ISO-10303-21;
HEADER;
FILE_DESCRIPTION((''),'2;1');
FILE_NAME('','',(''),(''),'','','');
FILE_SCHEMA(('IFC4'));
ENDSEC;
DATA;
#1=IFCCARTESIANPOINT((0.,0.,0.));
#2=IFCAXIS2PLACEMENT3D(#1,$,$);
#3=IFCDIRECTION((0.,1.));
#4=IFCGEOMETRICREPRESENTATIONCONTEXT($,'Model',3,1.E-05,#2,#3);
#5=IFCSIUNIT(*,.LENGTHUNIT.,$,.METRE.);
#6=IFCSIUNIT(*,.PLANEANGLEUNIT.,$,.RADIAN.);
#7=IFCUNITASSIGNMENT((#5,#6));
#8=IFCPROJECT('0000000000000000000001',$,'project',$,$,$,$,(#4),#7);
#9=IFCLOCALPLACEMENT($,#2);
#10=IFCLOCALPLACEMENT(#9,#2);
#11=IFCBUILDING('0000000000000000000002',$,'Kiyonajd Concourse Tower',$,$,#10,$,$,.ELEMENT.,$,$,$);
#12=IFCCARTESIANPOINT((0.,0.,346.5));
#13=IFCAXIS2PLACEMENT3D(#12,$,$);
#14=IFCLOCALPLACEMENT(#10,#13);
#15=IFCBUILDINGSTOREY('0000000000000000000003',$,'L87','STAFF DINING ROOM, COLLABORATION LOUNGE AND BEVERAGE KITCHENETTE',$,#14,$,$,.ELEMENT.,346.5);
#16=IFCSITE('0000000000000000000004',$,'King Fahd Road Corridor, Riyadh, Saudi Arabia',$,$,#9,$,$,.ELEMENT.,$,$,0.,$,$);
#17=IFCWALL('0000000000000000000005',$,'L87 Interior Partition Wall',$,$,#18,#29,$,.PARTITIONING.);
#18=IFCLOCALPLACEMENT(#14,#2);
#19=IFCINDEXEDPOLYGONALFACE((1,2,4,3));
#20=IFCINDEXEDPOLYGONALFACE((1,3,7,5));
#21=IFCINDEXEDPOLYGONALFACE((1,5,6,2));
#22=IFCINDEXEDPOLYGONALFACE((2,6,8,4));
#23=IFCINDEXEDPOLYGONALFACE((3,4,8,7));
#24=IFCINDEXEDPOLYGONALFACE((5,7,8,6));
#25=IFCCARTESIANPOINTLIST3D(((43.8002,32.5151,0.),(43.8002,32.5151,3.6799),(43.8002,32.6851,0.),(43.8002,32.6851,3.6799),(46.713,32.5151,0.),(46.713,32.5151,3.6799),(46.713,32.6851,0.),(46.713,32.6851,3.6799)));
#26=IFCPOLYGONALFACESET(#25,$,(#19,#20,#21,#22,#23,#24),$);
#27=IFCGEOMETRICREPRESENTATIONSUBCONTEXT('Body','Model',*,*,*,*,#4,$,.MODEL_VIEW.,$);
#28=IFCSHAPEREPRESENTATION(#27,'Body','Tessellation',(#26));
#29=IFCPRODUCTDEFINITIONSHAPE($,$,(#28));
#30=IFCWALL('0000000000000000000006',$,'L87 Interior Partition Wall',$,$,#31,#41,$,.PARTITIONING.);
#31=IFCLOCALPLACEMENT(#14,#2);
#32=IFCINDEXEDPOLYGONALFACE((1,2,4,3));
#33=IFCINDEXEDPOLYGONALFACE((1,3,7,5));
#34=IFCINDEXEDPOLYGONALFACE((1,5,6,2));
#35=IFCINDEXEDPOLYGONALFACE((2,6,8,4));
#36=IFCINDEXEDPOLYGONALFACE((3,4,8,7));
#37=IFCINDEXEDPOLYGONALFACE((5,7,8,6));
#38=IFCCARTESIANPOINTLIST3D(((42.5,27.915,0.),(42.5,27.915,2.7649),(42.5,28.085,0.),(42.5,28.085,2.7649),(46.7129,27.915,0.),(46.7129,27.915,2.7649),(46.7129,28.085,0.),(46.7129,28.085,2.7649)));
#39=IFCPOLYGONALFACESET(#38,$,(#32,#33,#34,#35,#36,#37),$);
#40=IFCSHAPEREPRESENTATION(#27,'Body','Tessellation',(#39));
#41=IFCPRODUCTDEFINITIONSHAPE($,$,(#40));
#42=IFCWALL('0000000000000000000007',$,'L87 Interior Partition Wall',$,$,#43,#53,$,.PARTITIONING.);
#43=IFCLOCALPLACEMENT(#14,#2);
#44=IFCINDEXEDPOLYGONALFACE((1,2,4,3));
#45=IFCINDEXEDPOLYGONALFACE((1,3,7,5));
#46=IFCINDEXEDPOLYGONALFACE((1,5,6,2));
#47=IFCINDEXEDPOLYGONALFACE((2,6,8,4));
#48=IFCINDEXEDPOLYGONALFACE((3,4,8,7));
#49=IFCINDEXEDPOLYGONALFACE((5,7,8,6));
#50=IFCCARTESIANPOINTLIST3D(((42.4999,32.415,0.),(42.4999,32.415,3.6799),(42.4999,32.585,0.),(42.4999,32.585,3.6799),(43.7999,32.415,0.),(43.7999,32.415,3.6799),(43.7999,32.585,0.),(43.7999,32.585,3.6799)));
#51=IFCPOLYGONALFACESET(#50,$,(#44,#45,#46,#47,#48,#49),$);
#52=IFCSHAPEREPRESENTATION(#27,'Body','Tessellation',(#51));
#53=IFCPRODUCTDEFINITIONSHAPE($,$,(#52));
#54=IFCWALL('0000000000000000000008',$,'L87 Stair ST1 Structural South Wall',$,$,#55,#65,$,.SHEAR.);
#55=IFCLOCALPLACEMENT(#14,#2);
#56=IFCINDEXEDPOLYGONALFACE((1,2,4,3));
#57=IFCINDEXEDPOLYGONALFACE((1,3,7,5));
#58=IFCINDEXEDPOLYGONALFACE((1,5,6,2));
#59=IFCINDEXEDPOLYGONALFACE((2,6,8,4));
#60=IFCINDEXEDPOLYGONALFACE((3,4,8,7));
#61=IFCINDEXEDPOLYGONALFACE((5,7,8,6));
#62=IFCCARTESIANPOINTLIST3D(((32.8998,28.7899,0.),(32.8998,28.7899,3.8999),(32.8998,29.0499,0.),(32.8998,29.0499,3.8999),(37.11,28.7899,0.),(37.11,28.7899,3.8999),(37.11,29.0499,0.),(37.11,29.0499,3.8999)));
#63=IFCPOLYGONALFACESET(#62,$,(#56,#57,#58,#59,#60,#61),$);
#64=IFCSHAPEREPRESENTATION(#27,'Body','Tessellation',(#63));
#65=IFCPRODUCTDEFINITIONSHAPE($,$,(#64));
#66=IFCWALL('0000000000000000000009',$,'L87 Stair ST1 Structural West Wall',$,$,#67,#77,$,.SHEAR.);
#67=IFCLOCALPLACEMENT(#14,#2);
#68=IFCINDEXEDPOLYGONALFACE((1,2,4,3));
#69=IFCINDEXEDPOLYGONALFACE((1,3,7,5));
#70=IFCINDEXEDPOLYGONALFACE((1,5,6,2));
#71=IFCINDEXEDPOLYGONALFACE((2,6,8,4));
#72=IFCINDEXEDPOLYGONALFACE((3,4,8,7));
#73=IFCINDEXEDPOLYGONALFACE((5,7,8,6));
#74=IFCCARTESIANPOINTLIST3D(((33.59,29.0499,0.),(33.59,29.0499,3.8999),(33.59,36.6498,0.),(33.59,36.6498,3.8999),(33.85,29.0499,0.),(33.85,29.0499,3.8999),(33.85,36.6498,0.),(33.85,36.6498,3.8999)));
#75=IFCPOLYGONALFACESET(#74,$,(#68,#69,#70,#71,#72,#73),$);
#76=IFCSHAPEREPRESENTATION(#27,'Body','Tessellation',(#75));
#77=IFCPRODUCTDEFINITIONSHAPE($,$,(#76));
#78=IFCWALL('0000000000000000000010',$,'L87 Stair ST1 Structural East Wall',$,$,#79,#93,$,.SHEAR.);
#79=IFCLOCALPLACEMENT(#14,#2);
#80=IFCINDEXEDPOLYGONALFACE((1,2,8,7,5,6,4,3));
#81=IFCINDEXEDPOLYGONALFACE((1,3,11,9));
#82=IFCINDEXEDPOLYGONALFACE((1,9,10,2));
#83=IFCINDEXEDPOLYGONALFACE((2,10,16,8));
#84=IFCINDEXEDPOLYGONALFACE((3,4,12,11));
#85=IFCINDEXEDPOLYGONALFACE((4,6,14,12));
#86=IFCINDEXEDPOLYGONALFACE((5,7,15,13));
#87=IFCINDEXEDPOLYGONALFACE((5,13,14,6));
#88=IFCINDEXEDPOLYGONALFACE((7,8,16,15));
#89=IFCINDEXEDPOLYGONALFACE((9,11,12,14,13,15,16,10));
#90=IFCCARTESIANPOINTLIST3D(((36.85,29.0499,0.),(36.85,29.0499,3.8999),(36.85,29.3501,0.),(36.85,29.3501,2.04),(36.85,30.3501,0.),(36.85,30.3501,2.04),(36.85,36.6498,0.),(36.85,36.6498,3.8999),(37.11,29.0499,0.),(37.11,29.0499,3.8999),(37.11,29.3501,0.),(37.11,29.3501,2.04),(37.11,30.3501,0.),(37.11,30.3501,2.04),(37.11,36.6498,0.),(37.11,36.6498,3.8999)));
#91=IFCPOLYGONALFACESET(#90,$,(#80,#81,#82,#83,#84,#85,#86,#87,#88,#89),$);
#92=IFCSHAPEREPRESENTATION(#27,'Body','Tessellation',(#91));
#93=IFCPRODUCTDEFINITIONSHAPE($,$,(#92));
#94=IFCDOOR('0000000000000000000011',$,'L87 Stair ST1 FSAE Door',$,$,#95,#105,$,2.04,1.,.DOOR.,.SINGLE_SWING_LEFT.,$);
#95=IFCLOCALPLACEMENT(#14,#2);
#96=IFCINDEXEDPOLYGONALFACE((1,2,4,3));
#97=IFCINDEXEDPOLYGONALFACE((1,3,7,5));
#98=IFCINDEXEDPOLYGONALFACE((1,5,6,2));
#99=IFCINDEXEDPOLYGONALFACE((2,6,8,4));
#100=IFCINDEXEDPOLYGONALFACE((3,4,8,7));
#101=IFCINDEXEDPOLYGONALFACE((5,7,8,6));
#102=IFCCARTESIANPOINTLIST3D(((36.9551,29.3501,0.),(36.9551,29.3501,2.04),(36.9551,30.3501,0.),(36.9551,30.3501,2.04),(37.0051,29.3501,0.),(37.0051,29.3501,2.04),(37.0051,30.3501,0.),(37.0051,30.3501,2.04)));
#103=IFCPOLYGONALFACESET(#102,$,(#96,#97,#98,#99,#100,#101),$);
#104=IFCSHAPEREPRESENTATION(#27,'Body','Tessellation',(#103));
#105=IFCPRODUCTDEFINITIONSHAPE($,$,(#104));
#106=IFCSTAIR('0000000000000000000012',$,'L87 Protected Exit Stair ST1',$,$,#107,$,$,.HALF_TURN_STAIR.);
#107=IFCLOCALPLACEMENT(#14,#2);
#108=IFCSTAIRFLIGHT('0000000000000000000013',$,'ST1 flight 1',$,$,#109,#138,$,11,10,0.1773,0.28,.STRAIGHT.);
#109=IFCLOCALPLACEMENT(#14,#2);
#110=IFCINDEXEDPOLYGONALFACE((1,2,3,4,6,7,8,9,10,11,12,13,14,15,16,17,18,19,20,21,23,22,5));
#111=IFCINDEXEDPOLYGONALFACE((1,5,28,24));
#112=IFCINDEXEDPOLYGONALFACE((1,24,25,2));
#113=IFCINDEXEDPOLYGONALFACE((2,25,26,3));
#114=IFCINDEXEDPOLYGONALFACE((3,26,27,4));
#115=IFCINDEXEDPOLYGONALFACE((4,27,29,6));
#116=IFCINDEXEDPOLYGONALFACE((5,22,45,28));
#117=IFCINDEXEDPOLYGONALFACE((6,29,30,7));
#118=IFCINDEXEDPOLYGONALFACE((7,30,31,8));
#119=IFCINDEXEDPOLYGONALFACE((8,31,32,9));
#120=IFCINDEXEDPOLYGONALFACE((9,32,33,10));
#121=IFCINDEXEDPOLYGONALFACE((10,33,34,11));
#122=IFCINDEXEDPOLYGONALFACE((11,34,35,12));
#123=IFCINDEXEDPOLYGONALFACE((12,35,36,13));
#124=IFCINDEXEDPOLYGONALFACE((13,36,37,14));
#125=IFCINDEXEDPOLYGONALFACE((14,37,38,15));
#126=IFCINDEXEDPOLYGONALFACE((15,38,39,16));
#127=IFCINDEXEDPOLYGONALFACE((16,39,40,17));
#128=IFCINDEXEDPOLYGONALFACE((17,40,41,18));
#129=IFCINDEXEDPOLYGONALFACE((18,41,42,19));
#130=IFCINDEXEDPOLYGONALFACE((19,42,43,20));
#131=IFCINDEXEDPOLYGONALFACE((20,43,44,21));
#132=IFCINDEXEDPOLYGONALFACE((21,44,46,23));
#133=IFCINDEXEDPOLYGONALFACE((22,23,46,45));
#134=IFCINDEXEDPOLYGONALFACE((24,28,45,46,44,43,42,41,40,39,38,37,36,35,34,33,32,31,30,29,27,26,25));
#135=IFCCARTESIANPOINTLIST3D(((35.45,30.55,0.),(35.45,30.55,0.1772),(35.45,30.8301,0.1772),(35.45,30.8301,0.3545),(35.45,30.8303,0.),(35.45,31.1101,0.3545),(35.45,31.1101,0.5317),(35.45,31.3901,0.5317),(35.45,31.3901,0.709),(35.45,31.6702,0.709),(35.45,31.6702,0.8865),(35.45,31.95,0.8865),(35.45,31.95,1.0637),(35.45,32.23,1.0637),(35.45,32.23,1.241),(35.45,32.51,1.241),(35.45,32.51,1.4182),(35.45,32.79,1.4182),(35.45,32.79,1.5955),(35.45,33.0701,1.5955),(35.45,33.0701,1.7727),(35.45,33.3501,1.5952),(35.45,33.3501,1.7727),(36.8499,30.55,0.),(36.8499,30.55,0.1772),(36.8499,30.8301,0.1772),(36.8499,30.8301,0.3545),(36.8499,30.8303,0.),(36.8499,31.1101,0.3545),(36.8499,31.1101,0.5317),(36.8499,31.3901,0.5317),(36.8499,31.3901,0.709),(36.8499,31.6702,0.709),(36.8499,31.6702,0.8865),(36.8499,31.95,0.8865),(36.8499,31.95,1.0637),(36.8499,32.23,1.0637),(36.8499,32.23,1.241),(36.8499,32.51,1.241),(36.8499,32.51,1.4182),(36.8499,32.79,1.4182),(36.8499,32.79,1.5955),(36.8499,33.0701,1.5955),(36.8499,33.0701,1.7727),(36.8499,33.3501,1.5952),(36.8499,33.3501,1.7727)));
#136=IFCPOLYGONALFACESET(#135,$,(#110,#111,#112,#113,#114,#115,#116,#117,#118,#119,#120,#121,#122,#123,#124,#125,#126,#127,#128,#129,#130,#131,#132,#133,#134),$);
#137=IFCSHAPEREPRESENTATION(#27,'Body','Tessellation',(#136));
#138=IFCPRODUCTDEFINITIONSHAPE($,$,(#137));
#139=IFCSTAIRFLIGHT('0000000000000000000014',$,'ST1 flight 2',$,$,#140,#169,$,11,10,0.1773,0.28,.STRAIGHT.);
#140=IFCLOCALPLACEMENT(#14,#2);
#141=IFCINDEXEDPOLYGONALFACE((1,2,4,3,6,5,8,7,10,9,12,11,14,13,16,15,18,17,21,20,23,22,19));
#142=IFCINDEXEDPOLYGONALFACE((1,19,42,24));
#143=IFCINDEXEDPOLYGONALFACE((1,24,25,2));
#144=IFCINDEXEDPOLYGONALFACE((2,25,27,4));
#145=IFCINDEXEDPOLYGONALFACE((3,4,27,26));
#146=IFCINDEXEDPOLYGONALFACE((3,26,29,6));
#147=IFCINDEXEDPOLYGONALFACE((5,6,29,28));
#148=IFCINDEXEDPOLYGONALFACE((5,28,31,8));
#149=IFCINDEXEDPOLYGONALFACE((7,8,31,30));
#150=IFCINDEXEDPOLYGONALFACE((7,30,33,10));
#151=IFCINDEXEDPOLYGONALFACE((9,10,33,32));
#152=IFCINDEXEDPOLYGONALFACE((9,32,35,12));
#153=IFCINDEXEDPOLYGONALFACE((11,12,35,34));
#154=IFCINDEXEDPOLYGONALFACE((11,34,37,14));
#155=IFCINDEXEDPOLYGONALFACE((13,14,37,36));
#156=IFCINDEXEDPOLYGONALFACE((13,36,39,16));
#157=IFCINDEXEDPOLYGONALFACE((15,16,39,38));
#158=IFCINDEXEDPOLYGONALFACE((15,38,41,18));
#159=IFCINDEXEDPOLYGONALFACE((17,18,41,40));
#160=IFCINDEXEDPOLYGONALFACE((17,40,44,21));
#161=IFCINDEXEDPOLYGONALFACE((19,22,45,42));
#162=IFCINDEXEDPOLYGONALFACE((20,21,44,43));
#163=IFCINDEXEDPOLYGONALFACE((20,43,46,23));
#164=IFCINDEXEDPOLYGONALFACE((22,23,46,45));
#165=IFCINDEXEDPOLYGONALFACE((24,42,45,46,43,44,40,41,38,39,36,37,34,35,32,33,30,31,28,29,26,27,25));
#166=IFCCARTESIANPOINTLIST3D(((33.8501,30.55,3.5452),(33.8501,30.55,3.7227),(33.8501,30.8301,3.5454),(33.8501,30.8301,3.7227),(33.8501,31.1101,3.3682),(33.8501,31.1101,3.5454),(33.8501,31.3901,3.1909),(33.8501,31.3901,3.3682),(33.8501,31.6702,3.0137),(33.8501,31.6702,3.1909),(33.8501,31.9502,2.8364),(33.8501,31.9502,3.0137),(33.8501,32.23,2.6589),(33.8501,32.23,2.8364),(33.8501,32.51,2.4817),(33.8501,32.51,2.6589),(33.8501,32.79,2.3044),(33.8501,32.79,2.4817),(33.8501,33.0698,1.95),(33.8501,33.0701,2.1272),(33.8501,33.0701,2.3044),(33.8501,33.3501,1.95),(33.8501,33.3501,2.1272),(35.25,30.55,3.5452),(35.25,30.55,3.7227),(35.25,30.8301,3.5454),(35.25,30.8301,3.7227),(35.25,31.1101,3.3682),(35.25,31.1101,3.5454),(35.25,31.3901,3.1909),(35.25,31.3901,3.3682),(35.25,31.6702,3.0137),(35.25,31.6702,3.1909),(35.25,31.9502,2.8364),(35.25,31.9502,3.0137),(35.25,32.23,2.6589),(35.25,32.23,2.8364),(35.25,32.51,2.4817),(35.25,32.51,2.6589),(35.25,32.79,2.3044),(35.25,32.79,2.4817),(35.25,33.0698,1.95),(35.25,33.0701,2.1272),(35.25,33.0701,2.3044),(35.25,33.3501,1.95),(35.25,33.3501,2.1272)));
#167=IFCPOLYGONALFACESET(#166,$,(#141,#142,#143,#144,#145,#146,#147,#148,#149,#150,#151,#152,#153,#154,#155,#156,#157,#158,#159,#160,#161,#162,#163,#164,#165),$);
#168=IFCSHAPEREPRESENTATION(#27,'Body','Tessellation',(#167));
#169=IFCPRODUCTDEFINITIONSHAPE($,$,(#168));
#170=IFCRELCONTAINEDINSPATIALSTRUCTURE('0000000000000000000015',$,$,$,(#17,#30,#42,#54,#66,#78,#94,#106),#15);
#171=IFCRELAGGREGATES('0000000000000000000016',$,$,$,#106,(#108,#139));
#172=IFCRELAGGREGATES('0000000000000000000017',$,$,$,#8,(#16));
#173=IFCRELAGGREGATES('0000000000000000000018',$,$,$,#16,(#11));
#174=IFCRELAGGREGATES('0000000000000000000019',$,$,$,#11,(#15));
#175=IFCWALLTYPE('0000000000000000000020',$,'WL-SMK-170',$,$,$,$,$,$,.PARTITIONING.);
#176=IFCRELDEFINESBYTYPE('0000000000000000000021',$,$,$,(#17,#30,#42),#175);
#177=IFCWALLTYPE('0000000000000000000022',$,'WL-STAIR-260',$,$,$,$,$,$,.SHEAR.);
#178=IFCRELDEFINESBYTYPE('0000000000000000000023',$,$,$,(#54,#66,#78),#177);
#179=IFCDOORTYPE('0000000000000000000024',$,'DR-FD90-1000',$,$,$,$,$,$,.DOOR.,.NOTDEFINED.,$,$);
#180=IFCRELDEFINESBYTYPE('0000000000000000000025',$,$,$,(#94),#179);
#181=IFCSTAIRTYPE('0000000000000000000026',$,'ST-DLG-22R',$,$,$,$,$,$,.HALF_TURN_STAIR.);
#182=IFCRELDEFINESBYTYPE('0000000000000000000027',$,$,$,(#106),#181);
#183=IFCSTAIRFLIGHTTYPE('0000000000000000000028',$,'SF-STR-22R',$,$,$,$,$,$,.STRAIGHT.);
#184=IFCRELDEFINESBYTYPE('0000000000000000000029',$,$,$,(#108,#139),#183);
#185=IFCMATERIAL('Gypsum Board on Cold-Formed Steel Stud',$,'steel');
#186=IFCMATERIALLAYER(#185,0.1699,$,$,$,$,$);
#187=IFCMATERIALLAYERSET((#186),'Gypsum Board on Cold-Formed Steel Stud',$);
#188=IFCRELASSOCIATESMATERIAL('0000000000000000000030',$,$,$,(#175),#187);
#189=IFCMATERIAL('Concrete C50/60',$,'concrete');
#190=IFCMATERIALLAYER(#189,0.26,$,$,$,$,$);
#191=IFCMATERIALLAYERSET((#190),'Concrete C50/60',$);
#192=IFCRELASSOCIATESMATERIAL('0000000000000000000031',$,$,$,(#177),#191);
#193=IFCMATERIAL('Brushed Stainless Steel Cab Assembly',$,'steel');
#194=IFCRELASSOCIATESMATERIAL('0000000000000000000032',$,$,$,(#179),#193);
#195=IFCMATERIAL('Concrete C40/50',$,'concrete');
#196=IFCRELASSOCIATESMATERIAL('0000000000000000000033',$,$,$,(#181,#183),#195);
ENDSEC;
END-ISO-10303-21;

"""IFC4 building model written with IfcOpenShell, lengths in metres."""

from ifc_helpers import new_model, si_unit, direction, frame, frame_2d, origin, place, context, subcontext, project, spatial, polyline, rectangle, outline, extrude, material, layer, layer_set, type_object, element, fill, aggregate, save


model = new_model("IFC4")

# Units and contexts
model_context = context("Model", 3, precision=1e-05, world=origin(), true_north=direction((0.0, 1.0)))
body_context = subcontext(model_context, "Body", "Model", "MODEL_VIEW")
ifc_project = project(units=[si_unit("LENGTHUNIT", "METRE"), si_unit("PLANEANGLEUNIT", "RADIAN")], contexts=[model_context])

# Site, building, storey
site_placement = place(None, origin())
site = spatial("IfcSite", under=ifc_project, at=site_placement, Name="King Fahd Road Corridor, Riyadh, Saudi Arabia", CompositionType="ELEMENT", RefElevation=0.0)
building_placement = place(site_placement, origin())
building = spatial("IfcBuilding", under=site, at=building_placement, Name="Kiyonajd Concourse Tower", CompositionType="ELEMENT")
storey_placement = place(building_placement, frame((0.0, 0.0, 346.5)))
storey = spatial("IfcBuildingStorey", under=building, at=storey_placement, Name="L87", Description="STAFF DINING ROOM, COLLABORATION LOUNGE AND BEVERAGE KITCHENETTE", CompositionType="ELEMENT", Elevation=346.5)

# Shared definitions
ifc_material_1 = material(Name="Concrete C50/60", Category="concrete")

# Shared definitions
ifc_material_2 = material(Name="Gypsum Board on Cold-Formed Steel Stud", Category="steel")

# Shared definitions
ifc_material_3 = material(Name="Brushed Stainless Steel Cab Assembly", Category="steel")

# Walls
ifc_layer_1 = layer(ifc_material_2, 0.1699)
ifc_layer_set_1 = layer_set([ifc_layer_1], Name="Gypsum Board on Cold-Formed Steel Stud")
wall_type_1 = type_object("IfcWallType", Name="WL-SMK-170", PredefinedType="PARTITIONING", material=ifc_layer_set_1)
wall_1_placement = place(storey_placement, frame((43.8, 32.6001, 0.0), z_axis=(0.0, 0.0, 1.0), x_axis=(1.0, 0.0, 0.0)))
element("IfcWall", 1, at=wall_1_placement, inside=storey, type_object=wall_type_1, Name="L87 Interior Partition Wall", PredefinedType="PARTITIONING", context=body_context, shape_type="SweptSolid", body=[
    extrude(rectangle(XDim=2.9128, YDim=0.1699, at=frame_2d((1.4565, 0.0))), origin(), (0.0, 0.0, 1.0), 3.6799),
])
wall_2_placement = place(storey_placement, frame((42.5, 28.0, 0.0), z_axis=(0.0, 0.0, 1.0), x_axis=(1.0, 0.0, 0.0)))
element("IfcWall", 2, at=wall_2_placement, inside=storey, type_object=wall_type_1, Name="L87 Interior Partition Wall", PredefinedType="PARTITIONING", context=body_context, shape_type="SweptSolid", body=[
    extrude(rectangle(XDim=4.2129, YDim=0.1699, at=frame_2d((2.1064, 0.0))), origin(), (0.0, 0.0, 1.0), 2.7649),
])
wall_3_placement = place(storey_placement, frame((42.5, 32.5, 0.0), z_axis=(0.0, 0.0, 1.0), x_axis=(1.0, 0.0, 0.0)))
element("IfcWall", 3, at=wall_3_placement, inside=storey, type_object=wall_type_1, Name="L87 Interior Partition Wall", PredefinedType="PARTITIONING", context=body_context, shape_type="SweptSolid", body=[
    extrude(rectangle(XDim=1.3, YDim=0.1699, at=frame_2d((0.6499, 0.0))), origin(), (0.0, 0.0, 1.0), 3.6799),
])
ifc_layer_2 = layer(ifc_material_1, 0.26)
ifc_layer_set_2 = layer_set([ifc_layer_2], Name="Concrete C50/60")
wall_type_2 = type_object("IfcWallType", Name="WL-STAIR-260", PredefinedType="SHEAR", material=ifc_layer_set_2)
wall_4_placement = place(storey_placement, frame((32.8999, 28.9199, 0.0), z_axis=(0.0, 0.0, 1.0), x_axis=(1.0, 0.0, 0.0)))
element("IfcWall", 4, at=wall_4_placement, inside=storey, type_object=wall_type_2, Name="L87 Stair ST1 Structural South Wall", PredefinedType="SHEAR", context=body_context, shape_type="SweptSolid", body=[
    extrude(rectangle(XDim=4.2102, YDim=0.26, at=frame_2d((2.105, 0.0))), origin(), (0.0, 0.0, 1.0), 3.8999),
])
wall_5_placement = place(storey_placement, frame((33.72, 29.05, 0.0), z_axis=(0.0, 0.0, 1.0), x_axis=(0.0, 1.0, 0.0)))
element("IfcWall", 5, at=wall_5_placement, inside=storey, type_object=wall_type_2, Name="L87 Stair ST1 Structural West Wall", PredefinedType="SHEAR", context=body_context, shape_type="SweptSolid", body=[
    extrude(rectangle(XDim=7.5999, YDim=0.26, at=frame_2d((3.7998, 0.0))), origin(), (0.0, 0.0, 1.0), 3.8999),
])

# Wall, opening, door
wall_6_placement = place(storey_placement, frame((36.98, 29.05, 0.0), z_axis=(0.0, 0.0, 1.0), x_axis=(0.0, 1.0, 0.0)))
wall_6 = element("IfcWall", 6, at=wall_6_placement, inside=storey, type_object=wall_type_2, Name="L87 Stair ST1 Structural East Wall", PredefinedType="SHEAR", context=body_context, shape_type="SweptSolid", body=[
    extrude(rectangle(XDim=7.5999, YDim=0.26, at=frame_2d((3.7998, 0.0))), origin(), (0.0, 0.0, 1.0), 3.8999),
])
opening_1_placement = place(wall_6_placement, frame((0.3, 0.0, 0.0)))
opening_1 = element("IfcOpeningElement", 7, at=opening_1_placement, cuts=wall_6, PredefinedType="OPENING", context=body_context, shape_type="SweptSolid", body=[
    extrude(rectangle(XDim=1.0, YDim=2.04, at=frame_2d((0.5, 1.02))), frame((0.0, 0.1399, 0.0), z_axis=(0.0, -1.0, 0.0), x_axis=(1.0, 0.0, 0.0)), (0.0, 0.0, 1.0), 0.28),
])
door_type_1 = type_object("IfcDoorType", Name="DR-FD90-1000", OperationType="NOTDEFINED", PredefinedType="DOOR", material=ifc_material_3)
door_1_placement = place(opening_1_placement, origin())
door_1 = element("IfcDoor", 8, at=door_1_placement, inside=storey, type_object=door_type_1, Name="L87 Stair ST1 FSAE Door", OperationType="SINGLE_SWING_LEFT", OverallHeight=2.04, OverallWidth=1.0, PredefinedType="DOOR", context=body_context, shape_type="SweptSolid", body=[
    extrude(rectangle(XDim=1.0, YDim=2.04, at=frame_2d((0.5, 1.02))), frame((0.0, 0.0249, 0.0), z_axis=(0.0, -1.0, 0.0), x_axis=(1.0, 0.0, 0.0)), (0.0, 0.0, 1.0), 0.05),
])
fill(opening_1, door_1)

# Stair, stair flights
ifc_material_4 = material(Name="Concrete C40/50", Category="concrete")
stair_type = type_object("IfcStairType", Name="ST-DLG-22R", PredefinedType="HALF_TURN_STAIR", material=ifc_material_4)
stair_placement = place(storey_placement, origin())
stair = element("IfcStair", 9, at=stair_placement, inside=storey, type_object=stair_type, Name="L87 Protected Exit Stair ST1", PredefinedType="HALF_TURN_STAIR")
stair_flight_type = type_object("IfcStairFlightType", Name="SF-STR-22R", PredefinedType="STRAIGHT", material=ifc_material_4)
stair_flight_1_placement = place(storey_placement, frame((36.1499, 30.55, 0.0), z_axis=(0.0, 0.0, 1.0), x_axis=(0.0, 1.0, 0.0)))
stair_flight_1 = element("IfcStairFlight", 10, at=stair_flight_1_placement, type_object=stair_flight_type, Name="ST1 flight 1", NumberOfRisers=11, NumberOfTreads=10, PredefinedType="STRAIGHT", RiserHeight=0.1773, TreadLength=0.28, context=body_context, shape_type="SweptSolid", body=[
    extrude(outline(polyline([(0.0, 0.0), (0.0, 0.1772), (0.28, 0.1772), (0.28, 0.3545), (0.5601, 0.3545), (0.5601, 0.5317), (0.8401, 0.5317), (0.8401, 0.709), (1.1201, 0.709), (1.1201, 0.8865), (1.3999, 0.8865), (1.3999, 1.0637), (1.6799, 1.0637), (1.6799, 1.241), (1.96, 1.241), (1.96, 1.4182), (2.24, 1.4182), (2.24, 1.5955), (2.52, 1.5955), (2.52, 1.7727), (2.8, 1.7727), (2.8, 1.95), (2.8, 1.5952), (0.2803, 0.0), (0.0, 0.0)])), frame((0.0, 0.7, 0.0), z_axis=(0.0, -1.0, 0.0), x_axis=(1.0, 0.0, 0.0)), (0.0, 0.0, 1.0), 1.3999),
])
stair_flight_2_placement = place(storey_placement, frame((34.55, 33.3501, 1.95), z_axis=(0.0, 0.0, 1.0), x_axis=(0.0, -1.0, 0.0)))
stair_flight_2 = element("IfcStairFlight", 11, at=stair_flight_2_placement, type_object=stair_flight_type, Name="ST1 flight 2", NumberOfRisers=11, NumberOfTreads=10, PredefinedType="STRAIGHT", RiserHeight=0.1773, TreadLength=0.28, context=body_context, shape_type="SweptSolid", body=[
    extrude(outline(polyline([(0.0, 0.0), (0.0, 0.1772), (0.28, 0.1772), (0.28, 0.3545), (0.5601, 0.3545), (0.5601, 0.5317), (0.8401, 0.5317), (0.8401, 0.709), (1.1201, 0.709), (1.1201, 0.8865), (1.3999, 0.8865), (1.3999, 1.0637), (1.6799, 1.0637), (1.6799, 1.241), (1.96, 1.241), (1.96, 1.4182), (2.24, 1.4182), (2.24, 1.5955), (2.52, 1.5955), (2.52, 1.7727), (2.8, 1.7727), (2.8, 1.95), (2.8, 1.5952), (0.2803, 0.0), (0.0, 0.0)])), frame((0.0, 0.7, 0.0), z_axis=(0.0, -1.0, 0.0), x_axis=(1.0, 0.0, 0.0)), (0.0, 0.0, 1.0), 1.3999),
])
aggregate(stair, [stair_flight_1, stair_flight_2])

save(model, "model.ifc")
